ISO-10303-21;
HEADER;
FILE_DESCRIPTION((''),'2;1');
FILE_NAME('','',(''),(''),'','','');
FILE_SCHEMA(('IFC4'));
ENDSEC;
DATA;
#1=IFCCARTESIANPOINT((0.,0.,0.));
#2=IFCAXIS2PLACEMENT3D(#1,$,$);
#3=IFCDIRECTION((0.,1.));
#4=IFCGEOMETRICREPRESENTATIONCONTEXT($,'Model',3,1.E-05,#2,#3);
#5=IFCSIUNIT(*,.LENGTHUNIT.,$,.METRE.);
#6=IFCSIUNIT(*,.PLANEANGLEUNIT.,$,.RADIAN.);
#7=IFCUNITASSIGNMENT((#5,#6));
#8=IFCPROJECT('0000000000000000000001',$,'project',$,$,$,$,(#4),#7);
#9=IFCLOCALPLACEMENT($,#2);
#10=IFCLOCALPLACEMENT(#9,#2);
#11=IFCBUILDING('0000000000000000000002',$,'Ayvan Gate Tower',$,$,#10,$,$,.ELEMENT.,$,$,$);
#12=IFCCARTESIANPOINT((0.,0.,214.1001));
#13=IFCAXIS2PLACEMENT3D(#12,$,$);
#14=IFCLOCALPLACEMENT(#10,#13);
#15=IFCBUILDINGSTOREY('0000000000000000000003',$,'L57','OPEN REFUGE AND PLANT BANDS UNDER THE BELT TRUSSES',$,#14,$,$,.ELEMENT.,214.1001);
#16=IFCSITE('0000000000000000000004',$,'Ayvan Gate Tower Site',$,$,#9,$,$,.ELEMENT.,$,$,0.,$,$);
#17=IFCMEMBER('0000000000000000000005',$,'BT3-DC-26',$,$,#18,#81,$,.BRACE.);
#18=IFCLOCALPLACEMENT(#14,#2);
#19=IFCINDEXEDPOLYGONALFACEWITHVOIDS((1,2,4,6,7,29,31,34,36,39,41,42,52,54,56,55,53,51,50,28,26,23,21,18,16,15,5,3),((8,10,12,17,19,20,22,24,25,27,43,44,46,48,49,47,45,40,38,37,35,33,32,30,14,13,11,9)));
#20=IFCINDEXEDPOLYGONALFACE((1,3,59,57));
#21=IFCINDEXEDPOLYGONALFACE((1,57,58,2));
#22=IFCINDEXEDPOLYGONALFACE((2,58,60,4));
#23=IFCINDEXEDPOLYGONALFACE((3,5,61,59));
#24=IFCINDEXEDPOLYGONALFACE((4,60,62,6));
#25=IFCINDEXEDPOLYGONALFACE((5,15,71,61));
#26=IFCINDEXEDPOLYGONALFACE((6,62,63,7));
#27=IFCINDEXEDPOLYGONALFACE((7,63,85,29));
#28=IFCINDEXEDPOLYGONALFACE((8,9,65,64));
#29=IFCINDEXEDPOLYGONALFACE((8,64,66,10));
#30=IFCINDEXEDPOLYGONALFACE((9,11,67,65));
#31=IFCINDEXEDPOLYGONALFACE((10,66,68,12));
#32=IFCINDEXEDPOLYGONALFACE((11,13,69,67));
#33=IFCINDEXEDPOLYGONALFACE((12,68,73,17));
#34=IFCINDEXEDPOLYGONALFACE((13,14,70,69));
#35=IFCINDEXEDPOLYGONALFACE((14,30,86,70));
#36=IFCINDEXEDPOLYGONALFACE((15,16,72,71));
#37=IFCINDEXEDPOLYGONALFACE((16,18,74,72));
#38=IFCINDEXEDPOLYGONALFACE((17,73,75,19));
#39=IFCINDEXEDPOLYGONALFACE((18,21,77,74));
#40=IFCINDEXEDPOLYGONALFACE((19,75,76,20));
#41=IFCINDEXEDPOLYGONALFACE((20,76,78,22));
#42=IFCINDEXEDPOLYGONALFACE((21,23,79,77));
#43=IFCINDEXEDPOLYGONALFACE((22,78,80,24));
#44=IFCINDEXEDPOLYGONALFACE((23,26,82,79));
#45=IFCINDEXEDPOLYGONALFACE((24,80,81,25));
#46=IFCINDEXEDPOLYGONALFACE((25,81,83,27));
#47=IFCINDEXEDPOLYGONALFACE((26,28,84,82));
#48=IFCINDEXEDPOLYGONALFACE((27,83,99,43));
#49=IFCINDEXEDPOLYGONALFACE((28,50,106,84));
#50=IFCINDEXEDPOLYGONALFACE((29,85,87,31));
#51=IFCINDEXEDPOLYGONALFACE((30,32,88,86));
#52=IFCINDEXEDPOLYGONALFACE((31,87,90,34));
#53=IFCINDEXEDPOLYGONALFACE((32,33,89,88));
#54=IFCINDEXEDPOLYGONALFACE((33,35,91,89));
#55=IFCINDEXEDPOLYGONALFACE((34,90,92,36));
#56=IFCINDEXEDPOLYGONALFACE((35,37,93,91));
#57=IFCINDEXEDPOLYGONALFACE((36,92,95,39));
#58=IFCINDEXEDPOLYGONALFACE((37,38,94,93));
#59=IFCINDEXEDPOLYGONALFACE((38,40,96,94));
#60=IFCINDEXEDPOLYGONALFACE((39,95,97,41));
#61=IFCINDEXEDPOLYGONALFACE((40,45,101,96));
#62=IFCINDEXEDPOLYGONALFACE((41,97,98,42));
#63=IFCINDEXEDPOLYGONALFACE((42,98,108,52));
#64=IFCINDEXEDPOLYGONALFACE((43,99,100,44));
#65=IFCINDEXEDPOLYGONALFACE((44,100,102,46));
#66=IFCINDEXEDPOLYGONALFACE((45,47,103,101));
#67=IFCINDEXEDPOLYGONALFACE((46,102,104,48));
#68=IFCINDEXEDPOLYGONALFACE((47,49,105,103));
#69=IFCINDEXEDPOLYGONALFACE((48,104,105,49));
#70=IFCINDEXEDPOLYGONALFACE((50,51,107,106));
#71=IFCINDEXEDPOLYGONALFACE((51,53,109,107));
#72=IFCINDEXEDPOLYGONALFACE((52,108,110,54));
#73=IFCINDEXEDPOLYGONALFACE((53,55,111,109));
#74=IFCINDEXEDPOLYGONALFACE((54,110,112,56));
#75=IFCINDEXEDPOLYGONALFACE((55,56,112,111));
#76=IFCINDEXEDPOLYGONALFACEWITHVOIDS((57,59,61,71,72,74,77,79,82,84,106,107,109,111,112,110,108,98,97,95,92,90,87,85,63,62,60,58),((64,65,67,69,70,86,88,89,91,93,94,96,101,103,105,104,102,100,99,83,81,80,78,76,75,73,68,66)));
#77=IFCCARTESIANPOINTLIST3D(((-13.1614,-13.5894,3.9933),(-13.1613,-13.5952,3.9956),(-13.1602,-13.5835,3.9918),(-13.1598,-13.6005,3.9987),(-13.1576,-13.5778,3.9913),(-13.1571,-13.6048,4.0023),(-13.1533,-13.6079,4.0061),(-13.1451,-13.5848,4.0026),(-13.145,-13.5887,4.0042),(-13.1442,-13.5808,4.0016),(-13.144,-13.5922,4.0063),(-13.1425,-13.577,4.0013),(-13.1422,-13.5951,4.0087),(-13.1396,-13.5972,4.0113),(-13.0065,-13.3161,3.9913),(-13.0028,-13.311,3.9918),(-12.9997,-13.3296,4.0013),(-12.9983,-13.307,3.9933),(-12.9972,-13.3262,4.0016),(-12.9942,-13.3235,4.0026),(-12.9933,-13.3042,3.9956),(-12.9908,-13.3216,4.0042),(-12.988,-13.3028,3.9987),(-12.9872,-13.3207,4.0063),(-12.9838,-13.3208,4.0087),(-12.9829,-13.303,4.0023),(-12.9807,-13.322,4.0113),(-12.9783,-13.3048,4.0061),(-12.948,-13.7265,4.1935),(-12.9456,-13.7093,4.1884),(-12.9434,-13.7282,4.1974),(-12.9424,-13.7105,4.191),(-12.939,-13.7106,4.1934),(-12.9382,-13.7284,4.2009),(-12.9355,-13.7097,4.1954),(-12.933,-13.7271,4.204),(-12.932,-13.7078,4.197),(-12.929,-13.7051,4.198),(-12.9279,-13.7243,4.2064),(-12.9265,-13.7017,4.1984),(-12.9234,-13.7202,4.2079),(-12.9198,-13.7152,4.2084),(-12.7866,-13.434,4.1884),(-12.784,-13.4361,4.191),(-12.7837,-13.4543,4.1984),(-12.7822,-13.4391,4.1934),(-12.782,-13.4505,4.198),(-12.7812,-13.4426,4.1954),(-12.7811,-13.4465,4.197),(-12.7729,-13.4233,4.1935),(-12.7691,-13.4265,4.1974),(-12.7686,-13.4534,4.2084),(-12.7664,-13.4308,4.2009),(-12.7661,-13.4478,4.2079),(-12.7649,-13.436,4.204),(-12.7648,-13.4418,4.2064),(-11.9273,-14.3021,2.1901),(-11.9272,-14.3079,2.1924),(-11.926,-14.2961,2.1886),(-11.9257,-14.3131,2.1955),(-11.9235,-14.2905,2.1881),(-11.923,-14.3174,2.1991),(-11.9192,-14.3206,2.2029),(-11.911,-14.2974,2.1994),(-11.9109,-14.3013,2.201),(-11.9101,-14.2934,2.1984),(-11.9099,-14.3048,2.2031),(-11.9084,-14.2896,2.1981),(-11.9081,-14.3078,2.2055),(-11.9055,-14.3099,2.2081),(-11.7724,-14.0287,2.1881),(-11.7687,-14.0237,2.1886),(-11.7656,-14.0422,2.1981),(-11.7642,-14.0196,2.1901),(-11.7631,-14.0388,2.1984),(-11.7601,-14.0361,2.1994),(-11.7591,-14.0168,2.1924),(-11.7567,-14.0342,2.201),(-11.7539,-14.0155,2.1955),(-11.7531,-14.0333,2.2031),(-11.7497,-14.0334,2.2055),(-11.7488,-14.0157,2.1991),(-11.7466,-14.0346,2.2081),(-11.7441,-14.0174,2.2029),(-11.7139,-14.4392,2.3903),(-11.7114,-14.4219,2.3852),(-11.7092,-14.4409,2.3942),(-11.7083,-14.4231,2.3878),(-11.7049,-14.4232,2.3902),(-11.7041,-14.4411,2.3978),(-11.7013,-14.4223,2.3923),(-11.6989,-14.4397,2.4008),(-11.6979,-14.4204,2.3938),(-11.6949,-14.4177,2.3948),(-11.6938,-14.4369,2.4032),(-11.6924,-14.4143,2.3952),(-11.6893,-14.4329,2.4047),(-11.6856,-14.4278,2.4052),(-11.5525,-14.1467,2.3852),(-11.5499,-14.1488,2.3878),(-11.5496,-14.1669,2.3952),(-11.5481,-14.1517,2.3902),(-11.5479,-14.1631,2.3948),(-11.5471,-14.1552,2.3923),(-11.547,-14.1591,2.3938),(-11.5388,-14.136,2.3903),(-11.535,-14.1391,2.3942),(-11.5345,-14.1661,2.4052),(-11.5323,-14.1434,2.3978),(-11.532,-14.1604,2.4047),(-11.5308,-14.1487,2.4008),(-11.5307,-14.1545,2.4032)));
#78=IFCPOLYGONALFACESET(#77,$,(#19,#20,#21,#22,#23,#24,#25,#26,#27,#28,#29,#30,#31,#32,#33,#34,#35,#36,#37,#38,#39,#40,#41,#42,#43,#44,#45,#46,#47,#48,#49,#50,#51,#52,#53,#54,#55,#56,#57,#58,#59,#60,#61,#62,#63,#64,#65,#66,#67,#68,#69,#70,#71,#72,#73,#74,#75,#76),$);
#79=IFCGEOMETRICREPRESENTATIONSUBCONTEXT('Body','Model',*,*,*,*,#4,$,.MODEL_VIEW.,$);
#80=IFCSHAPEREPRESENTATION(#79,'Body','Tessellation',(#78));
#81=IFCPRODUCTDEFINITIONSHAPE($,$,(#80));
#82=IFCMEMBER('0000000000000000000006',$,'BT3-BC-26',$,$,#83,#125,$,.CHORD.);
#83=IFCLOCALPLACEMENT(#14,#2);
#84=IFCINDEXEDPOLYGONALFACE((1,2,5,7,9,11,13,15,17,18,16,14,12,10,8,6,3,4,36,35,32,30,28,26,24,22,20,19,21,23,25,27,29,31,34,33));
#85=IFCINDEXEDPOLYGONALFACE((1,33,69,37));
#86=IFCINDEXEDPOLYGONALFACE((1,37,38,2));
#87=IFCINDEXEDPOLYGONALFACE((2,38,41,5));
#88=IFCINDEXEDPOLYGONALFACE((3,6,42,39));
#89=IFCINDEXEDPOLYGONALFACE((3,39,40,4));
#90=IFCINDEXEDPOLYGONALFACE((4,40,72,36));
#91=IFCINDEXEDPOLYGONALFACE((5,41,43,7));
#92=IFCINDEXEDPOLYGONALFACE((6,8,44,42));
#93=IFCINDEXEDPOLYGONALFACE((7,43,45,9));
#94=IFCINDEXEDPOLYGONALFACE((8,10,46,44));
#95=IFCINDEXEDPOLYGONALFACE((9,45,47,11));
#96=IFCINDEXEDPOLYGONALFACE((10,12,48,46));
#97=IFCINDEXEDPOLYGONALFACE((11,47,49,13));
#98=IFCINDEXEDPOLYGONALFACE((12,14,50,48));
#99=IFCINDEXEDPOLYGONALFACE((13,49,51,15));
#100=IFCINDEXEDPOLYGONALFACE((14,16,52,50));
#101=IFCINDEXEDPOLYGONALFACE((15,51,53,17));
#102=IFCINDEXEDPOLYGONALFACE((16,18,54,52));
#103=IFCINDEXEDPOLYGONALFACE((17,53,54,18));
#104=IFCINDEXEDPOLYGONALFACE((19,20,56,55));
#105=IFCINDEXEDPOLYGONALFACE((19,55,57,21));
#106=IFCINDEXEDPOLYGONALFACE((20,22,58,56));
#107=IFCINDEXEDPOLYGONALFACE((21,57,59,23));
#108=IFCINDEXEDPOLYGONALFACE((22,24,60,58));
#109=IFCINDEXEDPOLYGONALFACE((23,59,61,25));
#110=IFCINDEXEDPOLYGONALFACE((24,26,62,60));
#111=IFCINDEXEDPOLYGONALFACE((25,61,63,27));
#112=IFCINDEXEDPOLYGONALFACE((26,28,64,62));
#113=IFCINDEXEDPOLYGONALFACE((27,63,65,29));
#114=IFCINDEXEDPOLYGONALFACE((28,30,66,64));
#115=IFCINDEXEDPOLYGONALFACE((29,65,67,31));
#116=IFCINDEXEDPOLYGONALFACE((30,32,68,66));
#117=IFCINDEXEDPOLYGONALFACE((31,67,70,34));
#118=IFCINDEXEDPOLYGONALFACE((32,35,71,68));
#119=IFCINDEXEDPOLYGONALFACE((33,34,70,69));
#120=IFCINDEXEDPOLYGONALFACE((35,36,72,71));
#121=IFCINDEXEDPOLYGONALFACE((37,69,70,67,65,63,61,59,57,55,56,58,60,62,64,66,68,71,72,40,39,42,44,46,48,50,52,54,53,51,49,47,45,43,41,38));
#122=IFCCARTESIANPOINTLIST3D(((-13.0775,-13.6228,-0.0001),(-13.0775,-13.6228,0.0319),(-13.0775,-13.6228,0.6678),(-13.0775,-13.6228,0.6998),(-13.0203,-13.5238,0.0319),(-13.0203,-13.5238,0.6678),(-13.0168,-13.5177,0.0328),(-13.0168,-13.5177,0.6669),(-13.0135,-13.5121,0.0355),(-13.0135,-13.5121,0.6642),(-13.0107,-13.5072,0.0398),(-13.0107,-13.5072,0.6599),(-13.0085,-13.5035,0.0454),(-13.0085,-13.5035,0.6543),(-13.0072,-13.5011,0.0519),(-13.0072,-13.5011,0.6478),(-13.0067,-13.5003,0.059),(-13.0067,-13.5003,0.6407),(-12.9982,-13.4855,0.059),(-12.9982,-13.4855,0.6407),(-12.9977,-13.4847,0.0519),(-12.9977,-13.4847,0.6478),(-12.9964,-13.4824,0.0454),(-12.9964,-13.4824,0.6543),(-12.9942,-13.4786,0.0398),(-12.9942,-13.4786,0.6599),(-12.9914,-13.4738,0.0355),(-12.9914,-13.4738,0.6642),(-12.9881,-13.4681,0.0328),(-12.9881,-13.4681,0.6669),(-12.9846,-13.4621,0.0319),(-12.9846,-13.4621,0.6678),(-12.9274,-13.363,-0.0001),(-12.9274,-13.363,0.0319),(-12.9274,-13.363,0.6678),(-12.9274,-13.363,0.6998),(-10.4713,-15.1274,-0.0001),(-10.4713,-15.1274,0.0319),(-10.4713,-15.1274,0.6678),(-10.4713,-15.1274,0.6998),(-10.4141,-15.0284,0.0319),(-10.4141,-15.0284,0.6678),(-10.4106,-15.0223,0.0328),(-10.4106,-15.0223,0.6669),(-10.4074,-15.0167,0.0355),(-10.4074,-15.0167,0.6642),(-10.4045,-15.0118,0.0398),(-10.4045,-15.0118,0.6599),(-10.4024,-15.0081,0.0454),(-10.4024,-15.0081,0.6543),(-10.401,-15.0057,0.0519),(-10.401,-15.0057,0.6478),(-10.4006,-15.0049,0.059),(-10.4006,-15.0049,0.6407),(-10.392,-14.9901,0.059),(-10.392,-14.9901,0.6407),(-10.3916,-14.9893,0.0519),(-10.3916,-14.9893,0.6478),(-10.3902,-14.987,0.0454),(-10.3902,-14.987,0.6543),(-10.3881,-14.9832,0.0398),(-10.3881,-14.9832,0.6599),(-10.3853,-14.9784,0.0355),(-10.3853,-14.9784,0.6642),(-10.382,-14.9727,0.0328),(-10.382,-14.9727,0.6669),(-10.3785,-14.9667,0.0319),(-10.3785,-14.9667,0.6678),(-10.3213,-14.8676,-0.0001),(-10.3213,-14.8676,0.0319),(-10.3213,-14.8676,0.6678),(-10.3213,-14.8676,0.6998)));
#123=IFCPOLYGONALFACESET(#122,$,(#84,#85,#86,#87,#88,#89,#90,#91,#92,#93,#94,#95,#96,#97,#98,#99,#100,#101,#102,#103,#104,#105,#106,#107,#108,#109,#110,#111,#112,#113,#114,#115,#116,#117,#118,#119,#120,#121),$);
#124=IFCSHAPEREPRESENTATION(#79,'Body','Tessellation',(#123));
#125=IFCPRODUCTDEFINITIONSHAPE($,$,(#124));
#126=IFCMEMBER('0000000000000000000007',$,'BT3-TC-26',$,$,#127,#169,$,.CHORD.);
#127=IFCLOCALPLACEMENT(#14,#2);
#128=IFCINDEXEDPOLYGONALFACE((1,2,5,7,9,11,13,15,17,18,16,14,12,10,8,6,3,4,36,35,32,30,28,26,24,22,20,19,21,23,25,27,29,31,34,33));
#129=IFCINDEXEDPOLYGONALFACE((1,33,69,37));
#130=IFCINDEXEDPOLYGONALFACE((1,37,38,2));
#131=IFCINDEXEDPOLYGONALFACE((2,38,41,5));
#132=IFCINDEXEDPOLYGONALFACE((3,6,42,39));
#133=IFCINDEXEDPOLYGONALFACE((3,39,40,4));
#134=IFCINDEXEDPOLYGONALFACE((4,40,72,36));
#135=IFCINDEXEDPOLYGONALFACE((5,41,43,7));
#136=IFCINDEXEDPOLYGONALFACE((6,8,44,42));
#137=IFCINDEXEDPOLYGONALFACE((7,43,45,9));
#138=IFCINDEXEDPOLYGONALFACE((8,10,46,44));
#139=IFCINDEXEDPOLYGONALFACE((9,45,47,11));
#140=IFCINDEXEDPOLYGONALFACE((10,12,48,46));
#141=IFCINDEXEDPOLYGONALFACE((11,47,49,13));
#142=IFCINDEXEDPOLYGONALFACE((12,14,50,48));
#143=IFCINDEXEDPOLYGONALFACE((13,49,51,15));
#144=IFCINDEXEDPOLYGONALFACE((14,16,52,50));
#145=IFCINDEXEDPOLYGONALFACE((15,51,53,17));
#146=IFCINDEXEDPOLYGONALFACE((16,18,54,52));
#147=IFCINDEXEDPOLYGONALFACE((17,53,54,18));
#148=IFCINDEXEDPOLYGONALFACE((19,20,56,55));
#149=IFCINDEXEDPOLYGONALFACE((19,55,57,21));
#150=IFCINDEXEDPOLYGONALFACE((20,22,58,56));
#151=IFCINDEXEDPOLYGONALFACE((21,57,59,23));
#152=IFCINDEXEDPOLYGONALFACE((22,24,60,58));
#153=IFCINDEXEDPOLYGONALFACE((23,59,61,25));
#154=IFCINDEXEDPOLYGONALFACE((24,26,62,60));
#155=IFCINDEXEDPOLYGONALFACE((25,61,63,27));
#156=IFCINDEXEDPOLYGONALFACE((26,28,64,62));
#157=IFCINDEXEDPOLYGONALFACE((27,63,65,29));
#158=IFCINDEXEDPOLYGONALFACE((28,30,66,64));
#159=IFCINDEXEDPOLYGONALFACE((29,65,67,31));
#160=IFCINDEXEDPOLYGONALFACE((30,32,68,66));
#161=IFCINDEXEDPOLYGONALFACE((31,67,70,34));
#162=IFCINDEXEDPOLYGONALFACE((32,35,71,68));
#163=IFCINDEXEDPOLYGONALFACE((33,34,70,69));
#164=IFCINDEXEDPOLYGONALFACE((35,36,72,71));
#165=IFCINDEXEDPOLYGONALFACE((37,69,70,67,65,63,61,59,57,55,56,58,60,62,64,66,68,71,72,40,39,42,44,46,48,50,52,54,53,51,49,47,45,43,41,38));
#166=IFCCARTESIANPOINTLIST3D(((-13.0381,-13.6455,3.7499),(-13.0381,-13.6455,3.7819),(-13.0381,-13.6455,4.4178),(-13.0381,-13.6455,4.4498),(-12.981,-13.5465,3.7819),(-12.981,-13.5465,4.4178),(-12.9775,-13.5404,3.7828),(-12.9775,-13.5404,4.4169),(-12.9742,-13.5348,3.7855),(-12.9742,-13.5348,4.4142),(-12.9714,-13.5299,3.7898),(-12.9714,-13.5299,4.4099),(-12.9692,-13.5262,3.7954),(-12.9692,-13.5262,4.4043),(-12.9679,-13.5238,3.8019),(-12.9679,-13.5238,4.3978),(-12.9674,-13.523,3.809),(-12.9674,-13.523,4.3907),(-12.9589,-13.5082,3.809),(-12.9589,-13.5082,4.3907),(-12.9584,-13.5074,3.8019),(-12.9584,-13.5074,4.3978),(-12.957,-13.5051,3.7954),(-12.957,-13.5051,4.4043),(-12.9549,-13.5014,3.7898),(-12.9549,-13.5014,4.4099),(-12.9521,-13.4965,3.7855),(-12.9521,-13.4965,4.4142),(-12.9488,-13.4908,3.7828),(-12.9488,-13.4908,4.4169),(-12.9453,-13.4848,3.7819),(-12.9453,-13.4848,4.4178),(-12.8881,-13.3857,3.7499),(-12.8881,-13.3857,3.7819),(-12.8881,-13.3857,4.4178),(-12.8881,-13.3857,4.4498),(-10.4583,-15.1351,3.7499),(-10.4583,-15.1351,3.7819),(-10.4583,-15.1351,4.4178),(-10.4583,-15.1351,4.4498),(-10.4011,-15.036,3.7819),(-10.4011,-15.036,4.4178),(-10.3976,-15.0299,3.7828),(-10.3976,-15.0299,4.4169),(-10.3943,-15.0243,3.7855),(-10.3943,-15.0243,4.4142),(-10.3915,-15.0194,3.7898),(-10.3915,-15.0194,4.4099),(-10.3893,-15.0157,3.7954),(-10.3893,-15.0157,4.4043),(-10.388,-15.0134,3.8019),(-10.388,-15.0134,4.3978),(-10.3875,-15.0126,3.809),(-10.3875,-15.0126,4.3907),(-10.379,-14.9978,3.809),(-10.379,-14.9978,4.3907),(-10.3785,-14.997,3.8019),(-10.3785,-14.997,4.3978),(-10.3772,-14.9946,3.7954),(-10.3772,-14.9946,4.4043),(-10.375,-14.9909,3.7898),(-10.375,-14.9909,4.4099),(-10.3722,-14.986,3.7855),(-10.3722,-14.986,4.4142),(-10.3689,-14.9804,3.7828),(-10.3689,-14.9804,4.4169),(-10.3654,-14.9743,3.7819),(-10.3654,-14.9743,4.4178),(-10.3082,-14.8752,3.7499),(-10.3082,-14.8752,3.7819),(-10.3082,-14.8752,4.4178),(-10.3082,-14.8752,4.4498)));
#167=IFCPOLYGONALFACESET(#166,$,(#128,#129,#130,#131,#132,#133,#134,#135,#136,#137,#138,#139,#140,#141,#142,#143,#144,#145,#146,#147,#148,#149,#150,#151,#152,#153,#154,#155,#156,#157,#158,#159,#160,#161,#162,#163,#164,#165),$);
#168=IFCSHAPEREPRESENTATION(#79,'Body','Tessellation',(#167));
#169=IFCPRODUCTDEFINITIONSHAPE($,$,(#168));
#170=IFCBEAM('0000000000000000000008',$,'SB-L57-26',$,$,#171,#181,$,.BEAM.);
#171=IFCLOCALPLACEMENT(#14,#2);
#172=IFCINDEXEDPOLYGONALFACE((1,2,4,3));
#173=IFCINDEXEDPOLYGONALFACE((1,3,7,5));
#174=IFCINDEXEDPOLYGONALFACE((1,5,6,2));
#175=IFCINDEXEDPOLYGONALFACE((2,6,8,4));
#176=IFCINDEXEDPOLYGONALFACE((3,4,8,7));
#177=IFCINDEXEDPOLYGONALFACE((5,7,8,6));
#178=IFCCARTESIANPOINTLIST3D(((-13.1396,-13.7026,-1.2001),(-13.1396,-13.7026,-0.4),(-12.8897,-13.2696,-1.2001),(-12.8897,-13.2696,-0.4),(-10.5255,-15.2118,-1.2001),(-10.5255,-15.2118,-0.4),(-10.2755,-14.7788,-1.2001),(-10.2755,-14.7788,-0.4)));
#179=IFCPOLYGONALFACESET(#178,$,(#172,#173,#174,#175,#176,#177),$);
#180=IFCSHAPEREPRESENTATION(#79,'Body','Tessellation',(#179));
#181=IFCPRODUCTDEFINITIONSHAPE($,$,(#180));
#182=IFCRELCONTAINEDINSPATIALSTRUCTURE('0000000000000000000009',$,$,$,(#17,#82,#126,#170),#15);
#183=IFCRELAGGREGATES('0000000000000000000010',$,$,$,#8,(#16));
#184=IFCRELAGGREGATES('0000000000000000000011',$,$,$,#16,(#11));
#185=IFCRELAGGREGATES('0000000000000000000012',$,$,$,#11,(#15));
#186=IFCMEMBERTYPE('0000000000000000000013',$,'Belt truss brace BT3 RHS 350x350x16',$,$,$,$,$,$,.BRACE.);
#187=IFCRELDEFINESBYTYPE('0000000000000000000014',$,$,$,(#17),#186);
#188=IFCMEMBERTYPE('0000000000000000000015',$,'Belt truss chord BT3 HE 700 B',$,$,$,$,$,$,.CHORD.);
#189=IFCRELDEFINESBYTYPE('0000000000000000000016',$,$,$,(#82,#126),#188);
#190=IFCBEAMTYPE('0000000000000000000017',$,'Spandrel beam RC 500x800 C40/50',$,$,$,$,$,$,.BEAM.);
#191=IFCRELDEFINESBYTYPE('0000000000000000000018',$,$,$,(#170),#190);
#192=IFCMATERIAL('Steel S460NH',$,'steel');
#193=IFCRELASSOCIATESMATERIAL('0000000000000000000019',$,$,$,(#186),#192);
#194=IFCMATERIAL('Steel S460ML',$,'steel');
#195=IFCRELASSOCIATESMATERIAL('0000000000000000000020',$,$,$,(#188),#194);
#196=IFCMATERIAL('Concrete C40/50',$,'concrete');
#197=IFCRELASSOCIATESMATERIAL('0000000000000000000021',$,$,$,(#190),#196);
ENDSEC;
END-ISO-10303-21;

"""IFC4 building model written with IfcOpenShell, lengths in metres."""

from ifc_helpers import new_model, si_unit, direction, frame, origin, origin_2d, place, context, subcontext, project, spatial, rectangle, hollow_rectangle, i_section, extrude, material, material_profile, profile_set, type_object, element, save


model = new_model("IFC4")

# Units and contexts
model_context = context("Model", 3, precision=1e-05, world=origin(), true_north=direction((0.0, 1.0)))
body_context = subcontext(model_context, "Body", "Model", "MODEL_VIEW")
ifc_project = project(units=[si_unit("LENGTHUNIT", "METRE"), si_unit("PLANEANGLEUNIT", "RADIAN")], contexts=[model_context])

# Site, building, storey
site_placement = place(None, origin())
site = spatial("IfcSite", under=ifc_project, at=site_placement, Name="Ayvan Gate Tower Site", CompositionType="ELEMENT", RefElevation=0.0)
building_placement = place(site_placement, origin())
building = spatial("IfcBuilding", under=site, at=building_placement, Name="Ayvan Gate Tower", CompositionType="ELEMENT")
storey_placement = place(building_placement, frame((0.0, 0.0, 214.1001)))
storey = spatial("IfcBuildingStorey", under=building, at=storey_placement, Name="L57", Description="OPEN REFUGE AND PLANT BANDS UNDER THE BELT TRUSSES", CompositionType="ELEMENT", Elevation=214.1001)

# Members
ifc_material_1 = material(Name="Steel S460NH", Category="steel")
ifc_material_profile_1 = material_profile(ifc_material_1, hollow_rectangle(XDim=0.3501, YDim=0.3501, WallThickness=0.0161, InnerFilletRadius=0.0161, OuterFilletRadius=0.0239, at=origin_2d()), Name="RHS 350x350x16")
ifc_profile_set_1 = profile_set([ifc_material_profile_1], Name="Steel S460NH")
member_type_1 = type_object("IfcMemberType", Name="Belt truss brace BT3 RHS 350x350x16", PredefinedType="BRACE", material=ifc_profile_set_1)
member_1_placement = place(storey_placement, frame((-11.729, -14.2283, 2.2966), z_axis=(-0.536957, 0.310065, 0.784562), x_axis=(-0.500064, -0.865989, 0.0)))
element("IfcMember", 1, at=member_1_placement, inside=storey, type_object=member_type_1, Name="BT3-DC-26", PredefinedType="BRACE", context=body_context, shape_type="SweptSolid", body=[
    extrude(hollow_rectangle(XDim=0.3501, YDim=0.3501, WallThickness=0.0161, InnerFilletRadius=0.0161, OuterFilletRadius=0.0239, at=origin_2d()), origin(), (0.0, 0.0, 1.0), 2.2983),
])
ifc_material_2 = material(Name="Steel S460ML", Category="steel")
ifc_material_profile_2 = material_profile(ifc_material_2, i_section(OverallWidth=0.3, OverallDepth=0.7, WebThickness=0.0171, FlangeThickness=0.032, FilletRadius=0.0271, at=origin_2d()), Name="HE 700 B")
ifc_profile_set_2 = profile_set([ifc_material_profile_2], Name="Steel S460ML")
member_type_2 = type_object("IfcMemberType", Name="Belt truss chord BT3 HE 700 B", PredefinedType="CHORD", material=ifc_profile_set_2)
member_2_placement = place(storey_placement, frame((-13.0024, -13.4929, 0.3499), z_axis=(0.866033, -0.499987, 0.0), x_axis=(0.499987, 0.866033, 0.0)))
element("IfcMember", 2, at=member_2_placement, inside=storey, type_object=member_type_2, Name="BT3-BC-26", PredefinedType="CHORD", context=body_context, shape_type="SweptSolid", body=[
    extrude(i_section(OverallWidth=0.3, OverallDepth=0.7, WebThickness=0.0171, FlangeThickness=0.032, FilletRadius=0.0271, at=origin_2d()), origin(), (0.0, 0.0, 1.0), 3.0093),
])
member_3_placement = place(storey_placement, frame((-12.9631, -13.5156, 4.0999), z_axis=(0.86602, -0.500009, 0.0), x_axis=(0.500009, 0.86602, 0.0)))
element("IfcMember", 3, at=member_3_placement, inside=storey, type_object=member_type_2, Name="BT3-TC-26", PredefinedType="CHORD", context=body_context, shape_type="SweptSolid", body=[
    extrude(i_section(OverallWidth=0.3, OverallDepth=0.7, WebThickness=0.0171, FlangeThickness=0.032, FilletRadius=0.0271, at=origin_2d()), origin(), (0.0, 0.0, 1.0), 2.979),
])

# Beam
ifc_material_3 = material(Name="Concrete C40/50", Category="concrete")
ifc_material_profile_3 = material_profile(ifc_material_3, rectangle(XDim=0.5, YDim=0.8, at=origin_2d()), Name="RC 500x800")
ifc_profile_set_3 = profile_set([ifc_material_profile_3], Name="Concrete C40/50")
beam_type_1 = type_object("IfcBeamType", Name="Spandrel beam RC 500x800 C40/50", PredefinedType="BEAM", material=ifc_profile_set_3)
beam_1_placement = place(storey_placement, frame((-13.0146, -13.4861, -0.8), z_axis=(0.866035, -0.499984, 0.0), x_axis=(0.499984, 0.866035, 0.0)))
element("IfcBeam", 4, at=beam_1_placement, inside=storey, type_object=beam_type_1, Name="SB-L57-26", PredefinedType="BEAM", context=body_context, shape_type="SweptSolid", body=[
    extrude(rectangle(XDim=0.5, YDim=0.8, at=origin_2d()), origin(), (0.0, 0.0, 1.0), 3.0186),
])

save(model, "model.ifc")
